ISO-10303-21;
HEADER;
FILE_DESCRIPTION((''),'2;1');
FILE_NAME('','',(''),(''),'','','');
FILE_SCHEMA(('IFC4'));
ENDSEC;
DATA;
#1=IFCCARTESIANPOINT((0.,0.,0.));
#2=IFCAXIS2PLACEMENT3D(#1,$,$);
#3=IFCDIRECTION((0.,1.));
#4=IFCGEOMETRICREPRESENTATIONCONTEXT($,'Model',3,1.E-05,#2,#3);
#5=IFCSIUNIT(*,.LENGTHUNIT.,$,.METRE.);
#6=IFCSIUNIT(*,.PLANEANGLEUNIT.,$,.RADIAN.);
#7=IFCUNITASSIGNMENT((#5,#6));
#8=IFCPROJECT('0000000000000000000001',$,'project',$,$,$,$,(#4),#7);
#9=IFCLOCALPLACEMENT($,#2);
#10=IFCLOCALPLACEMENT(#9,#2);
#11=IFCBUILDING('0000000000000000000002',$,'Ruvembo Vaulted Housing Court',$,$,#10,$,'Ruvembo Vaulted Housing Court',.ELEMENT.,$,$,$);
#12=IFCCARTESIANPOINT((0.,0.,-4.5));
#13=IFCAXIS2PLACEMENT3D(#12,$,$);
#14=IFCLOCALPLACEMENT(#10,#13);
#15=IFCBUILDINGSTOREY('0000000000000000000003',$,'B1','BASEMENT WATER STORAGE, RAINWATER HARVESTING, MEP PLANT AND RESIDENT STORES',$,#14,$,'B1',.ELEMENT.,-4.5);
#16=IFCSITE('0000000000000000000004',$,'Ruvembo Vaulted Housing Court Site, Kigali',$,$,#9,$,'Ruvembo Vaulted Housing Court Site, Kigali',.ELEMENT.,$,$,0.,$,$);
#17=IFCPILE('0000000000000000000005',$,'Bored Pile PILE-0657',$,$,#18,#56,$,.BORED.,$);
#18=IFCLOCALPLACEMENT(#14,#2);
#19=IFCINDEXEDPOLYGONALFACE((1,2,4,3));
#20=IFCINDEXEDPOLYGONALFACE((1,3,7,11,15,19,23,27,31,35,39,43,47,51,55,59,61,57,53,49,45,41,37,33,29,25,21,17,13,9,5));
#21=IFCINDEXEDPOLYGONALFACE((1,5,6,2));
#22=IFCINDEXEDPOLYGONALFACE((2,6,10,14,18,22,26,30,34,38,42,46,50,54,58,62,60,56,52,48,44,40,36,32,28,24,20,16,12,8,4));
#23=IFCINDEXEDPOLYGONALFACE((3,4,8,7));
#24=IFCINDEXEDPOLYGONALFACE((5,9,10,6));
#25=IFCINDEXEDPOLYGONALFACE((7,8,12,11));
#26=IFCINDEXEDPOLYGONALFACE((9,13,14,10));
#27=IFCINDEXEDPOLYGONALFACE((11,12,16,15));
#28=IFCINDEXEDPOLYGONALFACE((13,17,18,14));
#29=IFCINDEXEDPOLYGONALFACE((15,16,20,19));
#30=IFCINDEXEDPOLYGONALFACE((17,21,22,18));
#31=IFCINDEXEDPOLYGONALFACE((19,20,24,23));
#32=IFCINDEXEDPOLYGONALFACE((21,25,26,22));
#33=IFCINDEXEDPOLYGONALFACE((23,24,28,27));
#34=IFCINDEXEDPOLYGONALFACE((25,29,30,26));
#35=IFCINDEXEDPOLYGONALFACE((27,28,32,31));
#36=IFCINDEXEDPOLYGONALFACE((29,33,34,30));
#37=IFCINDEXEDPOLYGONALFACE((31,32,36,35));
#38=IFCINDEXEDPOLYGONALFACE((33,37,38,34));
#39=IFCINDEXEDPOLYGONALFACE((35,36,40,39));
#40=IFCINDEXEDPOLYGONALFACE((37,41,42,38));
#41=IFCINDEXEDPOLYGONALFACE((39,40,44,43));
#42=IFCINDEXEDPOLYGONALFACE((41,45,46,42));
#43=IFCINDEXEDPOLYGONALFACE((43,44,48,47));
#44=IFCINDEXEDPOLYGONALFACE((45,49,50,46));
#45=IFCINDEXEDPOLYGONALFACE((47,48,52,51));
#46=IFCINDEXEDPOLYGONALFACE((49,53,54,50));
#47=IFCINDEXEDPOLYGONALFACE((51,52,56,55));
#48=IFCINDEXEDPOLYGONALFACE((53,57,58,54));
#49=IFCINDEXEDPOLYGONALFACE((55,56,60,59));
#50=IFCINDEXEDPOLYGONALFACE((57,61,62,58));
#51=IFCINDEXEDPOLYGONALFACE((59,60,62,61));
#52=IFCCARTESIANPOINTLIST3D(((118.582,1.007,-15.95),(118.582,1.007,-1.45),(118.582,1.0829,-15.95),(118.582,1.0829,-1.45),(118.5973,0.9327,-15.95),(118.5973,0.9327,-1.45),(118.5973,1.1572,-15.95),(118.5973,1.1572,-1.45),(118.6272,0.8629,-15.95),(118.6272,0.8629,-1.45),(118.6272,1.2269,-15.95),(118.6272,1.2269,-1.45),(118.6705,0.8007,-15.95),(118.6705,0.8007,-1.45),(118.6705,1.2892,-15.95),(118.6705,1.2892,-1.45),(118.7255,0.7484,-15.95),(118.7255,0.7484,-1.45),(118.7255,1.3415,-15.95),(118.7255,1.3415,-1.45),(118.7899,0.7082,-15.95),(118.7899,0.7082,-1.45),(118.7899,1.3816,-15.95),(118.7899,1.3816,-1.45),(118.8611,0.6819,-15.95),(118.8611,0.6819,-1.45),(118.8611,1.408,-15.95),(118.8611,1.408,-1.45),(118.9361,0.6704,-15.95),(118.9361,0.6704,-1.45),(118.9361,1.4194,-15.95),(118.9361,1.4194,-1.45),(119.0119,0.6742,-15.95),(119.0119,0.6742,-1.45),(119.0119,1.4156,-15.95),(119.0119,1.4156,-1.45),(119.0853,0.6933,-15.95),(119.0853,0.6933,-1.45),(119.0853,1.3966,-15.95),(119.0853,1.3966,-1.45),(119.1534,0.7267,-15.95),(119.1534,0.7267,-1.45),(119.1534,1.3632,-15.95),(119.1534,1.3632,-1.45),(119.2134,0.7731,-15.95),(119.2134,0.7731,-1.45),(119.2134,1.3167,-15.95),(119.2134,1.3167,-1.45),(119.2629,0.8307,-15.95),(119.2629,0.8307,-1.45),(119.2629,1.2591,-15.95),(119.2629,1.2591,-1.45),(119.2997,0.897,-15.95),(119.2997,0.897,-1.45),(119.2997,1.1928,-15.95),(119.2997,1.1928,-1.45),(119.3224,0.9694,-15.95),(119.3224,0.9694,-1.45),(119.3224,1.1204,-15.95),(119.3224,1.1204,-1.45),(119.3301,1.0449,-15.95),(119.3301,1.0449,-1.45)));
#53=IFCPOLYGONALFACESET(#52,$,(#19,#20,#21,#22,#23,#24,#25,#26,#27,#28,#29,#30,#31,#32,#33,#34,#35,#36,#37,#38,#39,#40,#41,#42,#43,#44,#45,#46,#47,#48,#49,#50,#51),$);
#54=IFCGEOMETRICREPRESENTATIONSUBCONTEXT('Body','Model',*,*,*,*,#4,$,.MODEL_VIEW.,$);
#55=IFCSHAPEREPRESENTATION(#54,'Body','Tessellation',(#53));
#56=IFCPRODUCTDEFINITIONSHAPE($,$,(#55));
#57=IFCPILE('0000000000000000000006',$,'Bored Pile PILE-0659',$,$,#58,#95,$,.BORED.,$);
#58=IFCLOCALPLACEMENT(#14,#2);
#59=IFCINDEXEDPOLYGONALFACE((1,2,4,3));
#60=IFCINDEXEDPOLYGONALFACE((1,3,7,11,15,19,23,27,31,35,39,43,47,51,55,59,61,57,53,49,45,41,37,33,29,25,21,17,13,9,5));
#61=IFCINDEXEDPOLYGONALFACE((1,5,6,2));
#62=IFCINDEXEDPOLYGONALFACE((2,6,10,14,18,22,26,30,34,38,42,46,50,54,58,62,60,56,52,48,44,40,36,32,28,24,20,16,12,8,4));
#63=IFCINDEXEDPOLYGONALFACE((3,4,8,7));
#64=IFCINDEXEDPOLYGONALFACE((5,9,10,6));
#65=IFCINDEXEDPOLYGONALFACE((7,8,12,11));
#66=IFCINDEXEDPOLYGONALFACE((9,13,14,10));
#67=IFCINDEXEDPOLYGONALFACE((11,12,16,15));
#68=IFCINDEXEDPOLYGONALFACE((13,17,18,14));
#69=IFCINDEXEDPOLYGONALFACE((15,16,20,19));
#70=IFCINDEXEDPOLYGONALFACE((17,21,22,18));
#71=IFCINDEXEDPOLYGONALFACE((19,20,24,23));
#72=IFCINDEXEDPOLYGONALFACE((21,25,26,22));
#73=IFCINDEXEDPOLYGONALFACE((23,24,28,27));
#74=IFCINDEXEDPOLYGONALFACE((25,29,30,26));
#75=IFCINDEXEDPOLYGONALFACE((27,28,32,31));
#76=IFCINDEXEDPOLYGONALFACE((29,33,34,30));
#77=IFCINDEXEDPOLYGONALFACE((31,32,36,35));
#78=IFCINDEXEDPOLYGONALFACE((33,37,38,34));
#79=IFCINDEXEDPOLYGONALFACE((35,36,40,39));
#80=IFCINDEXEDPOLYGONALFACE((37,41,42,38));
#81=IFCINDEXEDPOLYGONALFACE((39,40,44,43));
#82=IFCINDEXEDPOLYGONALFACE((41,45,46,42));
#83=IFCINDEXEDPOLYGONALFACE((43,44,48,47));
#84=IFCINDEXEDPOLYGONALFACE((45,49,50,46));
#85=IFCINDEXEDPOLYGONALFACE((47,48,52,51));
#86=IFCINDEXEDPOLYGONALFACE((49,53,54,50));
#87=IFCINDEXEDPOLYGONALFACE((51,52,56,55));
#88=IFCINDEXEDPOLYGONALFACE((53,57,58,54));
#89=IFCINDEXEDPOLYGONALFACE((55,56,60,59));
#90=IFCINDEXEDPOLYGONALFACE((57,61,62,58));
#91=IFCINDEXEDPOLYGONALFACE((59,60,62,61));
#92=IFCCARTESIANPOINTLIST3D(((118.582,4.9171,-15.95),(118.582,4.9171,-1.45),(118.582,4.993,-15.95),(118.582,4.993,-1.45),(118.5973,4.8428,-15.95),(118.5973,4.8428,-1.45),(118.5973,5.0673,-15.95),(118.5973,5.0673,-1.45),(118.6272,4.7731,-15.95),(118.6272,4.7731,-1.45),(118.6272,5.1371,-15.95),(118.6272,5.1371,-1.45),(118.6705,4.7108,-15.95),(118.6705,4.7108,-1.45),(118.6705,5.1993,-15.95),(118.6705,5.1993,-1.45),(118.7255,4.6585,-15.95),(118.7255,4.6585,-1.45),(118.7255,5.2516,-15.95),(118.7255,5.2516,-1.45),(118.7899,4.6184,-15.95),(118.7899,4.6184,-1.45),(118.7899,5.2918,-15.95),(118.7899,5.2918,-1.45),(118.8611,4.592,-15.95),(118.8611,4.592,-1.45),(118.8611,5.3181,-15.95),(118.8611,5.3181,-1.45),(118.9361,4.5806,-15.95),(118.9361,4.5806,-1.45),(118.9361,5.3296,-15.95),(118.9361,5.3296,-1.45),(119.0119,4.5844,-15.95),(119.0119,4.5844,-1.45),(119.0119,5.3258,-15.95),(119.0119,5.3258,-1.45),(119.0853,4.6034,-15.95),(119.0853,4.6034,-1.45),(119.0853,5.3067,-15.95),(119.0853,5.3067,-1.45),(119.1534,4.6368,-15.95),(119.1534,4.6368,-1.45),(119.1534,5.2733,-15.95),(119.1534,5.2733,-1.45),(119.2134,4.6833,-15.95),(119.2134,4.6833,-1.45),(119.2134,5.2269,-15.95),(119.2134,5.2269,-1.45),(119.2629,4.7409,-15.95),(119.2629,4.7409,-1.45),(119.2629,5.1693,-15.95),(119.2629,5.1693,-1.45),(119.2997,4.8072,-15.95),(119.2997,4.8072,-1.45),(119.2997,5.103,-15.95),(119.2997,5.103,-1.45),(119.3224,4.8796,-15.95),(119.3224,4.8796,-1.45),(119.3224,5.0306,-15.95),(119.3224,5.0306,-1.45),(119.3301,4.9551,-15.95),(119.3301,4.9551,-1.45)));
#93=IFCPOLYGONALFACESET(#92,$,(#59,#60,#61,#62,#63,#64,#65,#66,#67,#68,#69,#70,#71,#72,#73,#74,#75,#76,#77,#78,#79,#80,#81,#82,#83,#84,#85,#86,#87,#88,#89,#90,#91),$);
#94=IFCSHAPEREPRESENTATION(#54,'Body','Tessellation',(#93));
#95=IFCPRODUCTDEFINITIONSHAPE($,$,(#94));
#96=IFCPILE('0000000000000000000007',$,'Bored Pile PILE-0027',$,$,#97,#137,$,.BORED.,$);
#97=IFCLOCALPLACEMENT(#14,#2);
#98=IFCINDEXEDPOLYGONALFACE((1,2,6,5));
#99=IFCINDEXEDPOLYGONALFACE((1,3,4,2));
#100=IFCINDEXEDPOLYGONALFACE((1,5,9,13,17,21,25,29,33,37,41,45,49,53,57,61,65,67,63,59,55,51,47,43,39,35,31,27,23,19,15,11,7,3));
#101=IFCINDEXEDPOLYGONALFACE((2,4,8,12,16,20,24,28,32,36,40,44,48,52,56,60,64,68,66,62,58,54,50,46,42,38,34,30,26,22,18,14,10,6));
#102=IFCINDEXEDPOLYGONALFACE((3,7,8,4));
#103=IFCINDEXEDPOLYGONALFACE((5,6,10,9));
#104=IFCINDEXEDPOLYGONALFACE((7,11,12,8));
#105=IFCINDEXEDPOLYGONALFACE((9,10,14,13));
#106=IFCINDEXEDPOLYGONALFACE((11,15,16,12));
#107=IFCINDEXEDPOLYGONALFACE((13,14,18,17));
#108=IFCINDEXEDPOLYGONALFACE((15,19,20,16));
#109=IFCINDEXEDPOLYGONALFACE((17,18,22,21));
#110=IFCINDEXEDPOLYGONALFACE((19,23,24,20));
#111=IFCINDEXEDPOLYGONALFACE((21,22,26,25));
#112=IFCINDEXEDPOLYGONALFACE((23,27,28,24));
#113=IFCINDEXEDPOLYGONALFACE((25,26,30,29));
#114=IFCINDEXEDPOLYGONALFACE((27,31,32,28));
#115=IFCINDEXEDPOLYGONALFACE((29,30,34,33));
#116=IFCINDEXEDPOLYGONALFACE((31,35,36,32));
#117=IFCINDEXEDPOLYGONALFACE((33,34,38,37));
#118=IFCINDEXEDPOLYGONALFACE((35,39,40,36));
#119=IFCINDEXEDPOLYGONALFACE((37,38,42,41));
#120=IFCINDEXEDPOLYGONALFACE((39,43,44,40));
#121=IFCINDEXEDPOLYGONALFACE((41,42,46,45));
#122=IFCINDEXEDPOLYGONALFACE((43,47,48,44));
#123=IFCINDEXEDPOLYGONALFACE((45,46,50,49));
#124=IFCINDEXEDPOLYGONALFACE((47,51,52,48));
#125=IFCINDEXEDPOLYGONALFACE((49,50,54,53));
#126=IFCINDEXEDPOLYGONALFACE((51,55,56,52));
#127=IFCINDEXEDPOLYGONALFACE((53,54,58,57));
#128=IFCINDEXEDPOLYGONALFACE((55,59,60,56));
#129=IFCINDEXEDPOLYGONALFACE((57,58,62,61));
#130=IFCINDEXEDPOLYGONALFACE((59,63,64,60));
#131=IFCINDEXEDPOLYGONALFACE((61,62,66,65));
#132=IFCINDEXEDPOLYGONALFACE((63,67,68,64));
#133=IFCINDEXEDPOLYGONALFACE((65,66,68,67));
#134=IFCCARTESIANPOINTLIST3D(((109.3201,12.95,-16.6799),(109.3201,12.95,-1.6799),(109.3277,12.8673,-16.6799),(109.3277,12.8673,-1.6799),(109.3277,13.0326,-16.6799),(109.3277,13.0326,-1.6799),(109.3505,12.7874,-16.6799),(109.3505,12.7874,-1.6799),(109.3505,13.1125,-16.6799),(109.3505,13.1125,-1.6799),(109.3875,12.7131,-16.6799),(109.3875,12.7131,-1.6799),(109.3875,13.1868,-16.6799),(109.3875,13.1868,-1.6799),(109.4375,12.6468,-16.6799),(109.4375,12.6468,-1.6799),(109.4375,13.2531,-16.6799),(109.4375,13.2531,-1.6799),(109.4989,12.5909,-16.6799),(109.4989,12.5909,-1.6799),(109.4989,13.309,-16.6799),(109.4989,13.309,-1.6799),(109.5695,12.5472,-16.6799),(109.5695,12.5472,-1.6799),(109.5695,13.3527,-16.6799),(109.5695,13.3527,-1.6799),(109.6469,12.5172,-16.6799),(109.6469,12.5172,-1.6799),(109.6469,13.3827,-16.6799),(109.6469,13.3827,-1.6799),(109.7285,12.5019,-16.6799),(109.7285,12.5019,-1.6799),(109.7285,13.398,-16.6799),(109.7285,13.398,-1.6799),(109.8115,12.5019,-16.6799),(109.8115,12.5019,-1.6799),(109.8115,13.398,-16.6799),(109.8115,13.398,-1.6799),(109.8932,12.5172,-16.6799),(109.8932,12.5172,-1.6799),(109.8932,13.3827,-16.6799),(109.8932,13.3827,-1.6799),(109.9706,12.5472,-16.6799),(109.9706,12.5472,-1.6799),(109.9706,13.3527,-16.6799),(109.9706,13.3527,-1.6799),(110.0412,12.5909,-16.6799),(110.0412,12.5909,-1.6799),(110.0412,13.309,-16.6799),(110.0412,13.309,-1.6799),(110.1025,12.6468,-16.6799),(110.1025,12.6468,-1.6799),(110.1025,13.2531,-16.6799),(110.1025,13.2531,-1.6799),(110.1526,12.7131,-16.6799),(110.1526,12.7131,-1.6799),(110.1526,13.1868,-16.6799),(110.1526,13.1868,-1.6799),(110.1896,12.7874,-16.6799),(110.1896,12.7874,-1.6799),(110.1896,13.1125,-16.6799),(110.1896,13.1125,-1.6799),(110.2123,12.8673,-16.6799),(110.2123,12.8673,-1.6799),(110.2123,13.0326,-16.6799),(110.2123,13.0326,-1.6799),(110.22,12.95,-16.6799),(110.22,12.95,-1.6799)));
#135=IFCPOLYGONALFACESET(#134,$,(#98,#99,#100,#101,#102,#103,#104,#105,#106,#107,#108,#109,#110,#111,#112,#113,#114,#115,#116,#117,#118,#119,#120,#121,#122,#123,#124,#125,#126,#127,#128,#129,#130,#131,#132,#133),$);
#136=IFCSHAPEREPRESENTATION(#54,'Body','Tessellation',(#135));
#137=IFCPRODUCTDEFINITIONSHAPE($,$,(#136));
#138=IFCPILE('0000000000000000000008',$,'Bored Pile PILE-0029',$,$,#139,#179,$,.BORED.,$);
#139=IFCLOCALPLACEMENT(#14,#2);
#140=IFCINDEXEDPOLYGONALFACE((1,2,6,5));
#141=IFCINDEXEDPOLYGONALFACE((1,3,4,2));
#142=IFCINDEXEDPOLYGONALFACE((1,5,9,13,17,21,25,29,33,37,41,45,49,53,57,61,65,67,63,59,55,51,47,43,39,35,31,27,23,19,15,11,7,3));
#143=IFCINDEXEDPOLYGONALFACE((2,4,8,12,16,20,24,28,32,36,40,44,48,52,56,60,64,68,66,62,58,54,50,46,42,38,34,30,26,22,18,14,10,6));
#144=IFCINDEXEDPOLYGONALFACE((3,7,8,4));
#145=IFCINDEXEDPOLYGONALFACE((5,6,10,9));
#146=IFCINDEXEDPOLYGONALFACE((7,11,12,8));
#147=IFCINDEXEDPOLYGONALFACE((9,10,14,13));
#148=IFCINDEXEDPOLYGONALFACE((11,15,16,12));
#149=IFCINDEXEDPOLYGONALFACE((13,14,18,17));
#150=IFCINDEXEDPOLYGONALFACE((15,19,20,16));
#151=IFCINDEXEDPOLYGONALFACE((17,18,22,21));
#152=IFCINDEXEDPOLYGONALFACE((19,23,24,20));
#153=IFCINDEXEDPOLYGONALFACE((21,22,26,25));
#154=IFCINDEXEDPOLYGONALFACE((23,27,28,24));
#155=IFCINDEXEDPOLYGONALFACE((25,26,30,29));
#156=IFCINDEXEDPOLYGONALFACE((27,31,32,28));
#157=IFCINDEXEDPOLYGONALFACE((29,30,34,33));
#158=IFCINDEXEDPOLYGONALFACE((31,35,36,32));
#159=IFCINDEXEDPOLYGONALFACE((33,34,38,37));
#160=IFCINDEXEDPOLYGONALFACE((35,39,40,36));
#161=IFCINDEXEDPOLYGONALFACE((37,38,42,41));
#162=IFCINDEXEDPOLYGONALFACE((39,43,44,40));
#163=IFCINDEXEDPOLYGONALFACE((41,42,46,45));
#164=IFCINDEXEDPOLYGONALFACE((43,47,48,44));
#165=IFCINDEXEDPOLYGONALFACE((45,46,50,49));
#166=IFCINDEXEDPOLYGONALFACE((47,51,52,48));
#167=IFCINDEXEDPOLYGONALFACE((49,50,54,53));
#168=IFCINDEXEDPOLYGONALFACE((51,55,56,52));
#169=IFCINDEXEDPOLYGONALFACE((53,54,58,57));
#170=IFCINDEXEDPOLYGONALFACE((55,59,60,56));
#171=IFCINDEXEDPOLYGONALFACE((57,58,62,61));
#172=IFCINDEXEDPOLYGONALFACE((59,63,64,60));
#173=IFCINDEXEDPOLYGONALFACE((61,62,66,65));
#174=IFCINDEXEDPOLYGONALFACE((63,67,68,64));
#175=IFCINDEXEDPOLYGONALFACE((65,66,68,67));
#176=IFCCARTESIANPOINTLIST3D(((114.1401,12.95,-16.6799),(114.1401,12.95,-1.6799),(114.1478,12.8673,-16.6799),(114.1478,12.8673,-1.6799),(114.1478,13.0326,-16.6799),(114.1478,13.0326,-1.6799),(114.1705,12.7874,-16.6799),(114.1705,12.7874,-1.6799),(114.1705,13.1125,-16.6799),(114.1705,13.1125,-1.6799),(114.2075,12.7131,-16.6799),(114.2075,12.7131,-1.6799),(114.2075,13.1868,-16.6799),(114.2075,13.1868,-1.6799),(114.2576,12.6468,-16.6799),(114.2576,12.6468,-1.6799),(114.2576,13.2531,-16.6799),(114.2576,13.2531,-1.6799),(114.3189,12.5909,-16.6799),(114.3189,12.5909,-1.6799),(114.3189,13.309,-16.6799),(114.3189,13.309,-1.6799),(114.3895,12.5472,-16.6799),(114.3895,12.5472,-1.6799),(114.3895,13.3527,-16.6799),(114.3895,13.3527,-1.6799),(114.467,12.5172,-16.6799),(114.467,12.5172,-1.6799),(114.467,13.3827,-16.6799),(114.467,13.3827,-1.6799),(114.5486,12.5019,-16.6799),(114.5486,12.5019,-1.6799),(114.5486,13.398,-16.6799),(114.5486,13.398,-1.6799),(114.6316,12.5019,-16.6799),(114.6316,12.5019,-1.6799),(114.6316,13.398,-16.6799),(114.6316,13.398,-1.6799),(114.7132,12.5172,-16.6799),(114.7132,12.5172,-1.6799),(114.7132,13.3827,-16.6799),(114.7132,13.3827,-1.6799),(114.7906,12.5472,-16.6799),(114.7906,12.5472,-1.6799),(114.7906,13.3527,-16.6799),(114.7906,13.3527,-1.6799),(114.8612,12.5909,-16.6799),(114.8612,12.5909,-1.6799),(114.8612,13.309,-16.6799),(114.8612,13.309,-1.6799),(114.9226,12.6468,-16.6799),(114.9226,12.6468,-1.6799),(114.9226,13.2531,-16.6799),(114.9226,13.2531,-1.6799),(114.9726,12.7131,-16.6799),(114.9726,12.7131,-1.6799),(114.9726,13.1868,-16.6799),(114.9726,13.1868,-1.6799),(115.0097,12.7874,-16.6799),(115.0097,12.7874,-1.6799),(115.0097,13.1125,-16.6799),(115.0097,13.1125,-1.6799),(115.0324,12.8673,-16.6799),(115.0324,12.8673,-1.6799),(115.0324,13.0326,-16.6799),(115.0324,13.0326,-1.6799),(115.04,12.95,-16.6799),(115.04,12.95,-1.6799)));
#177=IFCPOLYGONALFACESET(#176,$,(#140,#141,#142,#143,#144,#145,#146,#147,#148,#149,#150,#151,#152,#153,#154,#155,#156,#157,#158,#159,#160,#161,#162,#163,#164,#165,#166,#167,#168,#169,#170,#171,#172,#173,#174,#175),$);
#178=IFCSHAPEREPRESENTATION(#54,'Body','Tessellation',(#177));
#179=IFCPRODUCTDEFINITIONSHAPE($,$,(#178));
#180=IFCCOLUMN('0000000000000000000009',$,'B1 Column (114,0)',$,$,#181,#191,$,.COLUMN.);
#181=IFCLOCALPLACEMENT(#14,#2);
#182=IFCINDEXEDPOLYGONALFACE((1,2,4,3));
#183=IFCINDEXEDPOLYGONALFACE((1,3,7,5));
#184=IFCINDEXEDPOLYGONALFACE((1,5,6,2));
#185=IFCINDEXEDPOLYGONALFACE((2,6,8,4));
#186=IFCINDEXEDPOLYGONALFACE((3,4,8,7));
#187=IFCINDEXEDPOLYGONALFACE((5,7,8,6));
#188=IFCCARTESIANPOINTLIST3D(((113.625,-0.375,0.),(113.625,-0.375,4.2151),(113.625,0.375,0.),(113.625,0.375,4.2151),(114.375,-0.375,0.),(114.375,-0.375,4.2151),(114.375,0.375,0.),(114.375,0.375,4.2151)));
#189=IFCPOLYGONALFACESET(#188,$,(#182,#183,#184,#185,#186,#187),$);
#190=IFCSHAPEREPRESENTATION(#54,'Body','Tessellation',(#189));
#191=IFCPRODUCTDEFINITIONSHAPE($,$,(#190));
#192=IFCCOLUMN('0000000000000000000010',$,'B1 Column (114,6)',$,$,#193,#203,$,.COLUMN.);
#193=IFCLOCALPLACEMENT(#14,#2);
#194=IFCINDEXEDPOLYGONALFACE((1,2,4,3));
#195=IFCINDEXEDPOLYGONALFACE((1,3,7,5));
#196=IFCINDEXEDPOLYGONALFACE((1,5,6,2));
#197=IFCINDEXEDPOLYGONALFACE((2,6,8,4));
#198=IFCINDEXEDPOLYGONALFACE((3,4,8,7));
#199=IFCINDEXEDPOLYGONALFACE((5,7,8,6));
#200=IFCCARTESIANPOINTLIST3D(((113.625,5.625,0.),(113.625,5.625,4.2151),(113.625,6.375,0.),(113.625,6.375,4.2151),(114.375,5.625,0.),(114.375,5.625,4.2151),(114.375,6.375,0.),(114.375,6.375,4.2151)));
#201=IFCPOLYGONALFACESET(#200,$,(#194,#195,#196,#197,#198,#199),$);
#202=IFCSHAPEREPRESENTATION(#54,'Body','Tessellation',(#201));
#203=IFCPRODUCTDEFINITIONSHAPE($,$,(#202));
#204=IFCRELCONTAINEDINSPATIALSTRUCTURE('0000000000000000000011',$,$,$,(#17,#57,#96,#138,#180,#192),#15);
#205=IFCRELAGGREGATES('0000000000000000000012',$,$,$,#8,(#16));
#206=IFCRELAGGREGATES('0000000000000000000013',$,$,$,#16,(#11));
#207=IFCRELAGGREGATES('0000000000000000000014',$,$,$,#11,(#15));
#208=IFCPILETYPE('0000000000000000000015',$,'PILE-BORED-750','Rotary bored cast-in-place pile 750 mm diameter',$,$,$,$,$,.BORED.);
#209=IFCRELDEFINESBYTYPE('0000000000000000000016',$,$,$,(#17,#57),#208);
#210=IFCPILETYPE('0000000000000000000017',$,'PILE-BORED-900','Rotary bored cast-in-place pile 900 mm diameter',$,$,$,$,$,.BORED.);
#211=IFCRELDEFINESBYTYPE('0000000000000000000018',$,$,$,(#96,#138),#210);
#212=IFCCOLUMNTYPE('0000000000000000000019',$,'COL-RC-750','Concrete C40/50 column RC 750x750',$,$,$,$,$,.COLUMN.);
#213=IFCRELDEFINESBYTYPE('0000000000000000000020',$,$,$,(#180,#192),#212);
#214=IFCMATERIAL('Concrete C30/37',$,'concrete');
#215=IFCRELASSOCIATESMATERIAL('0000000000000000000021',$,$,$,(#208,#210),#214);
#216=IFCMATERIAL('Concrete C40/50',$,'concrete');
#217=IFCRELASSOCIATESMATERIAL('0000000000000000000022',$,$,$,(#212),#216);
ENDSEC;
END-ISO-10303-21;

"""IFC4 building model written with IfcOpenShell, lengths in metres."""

from ifc_helpers import new_model, si_unit, direction, frame, origin, origin_2d, place, context, subcontext, project, spatial, rectangle, circle, extrude, material, material_profile, profile_set, type_object, element, save


model = new_model("IFC4")

# Units and contexts
model_context = context("Model", 3, precision=1e-05, world=origin(), true_north=direction((0.0, 1.0)))
body_context = subcontext(model_context, "Body", "Model", "MODEL_VIEW")
ifc_project = project(units=[si_unit("LENGTHUNIT", "METRE"), si_unit("PLANEANGLEUNIT", "RADIAN")], contexts=[model_context])

# Site, building, storey
site_placement = place(None, origin())
site = spatial("IfcSite", under=ifc_project, at=site_placement, Name="Ruvembo Vaulted Housing Court Site, Kigali", LongName="Ruvembo Vaulted Housing Court Site, Kigali", CompositionType="ELEMENT", RefElevation=0.0)
building_placement = place(site_placement, origin())
building = spatial("IfcBuilding", under=site, at=building_placement, Name="Ruvembo Vaulted Housing Court", LongName="Ruvembo Vaulted Housing Court", CompositionType="ELEMENT")
storey_placement = place(building_placement, frame((0.0, 0.0, -4.5)))
storey = spatial("IfcBuildingStorey", under=building, at=storey_placement, Name="B1", Description="BASEMENT WATER STORAGE, RAINWATER HARVESTING, MEP PLANT AND RESIDENT STORES", LongName="B1", CompositionType="ELEMENT", Elevation=-4.5)

# Piles
ifc_material_1 = material(Name="Concrete C30/37", Category="concrete")
ifc_material_profile_1 = material_profile(ifc_material_1, circle(Radius=0.375, at=origin_2d()), Name="PILE D750")
ifc_profile_set_1 = profile_set([ifc_material_profile_1], Name="Concrete C30/37")
pile_type_1 = type_object("IfcPileType", Name="PILE-BORED-750", Description="Rotary bored cast-in-place pile 750 mm diameter", PredefinedType="BORED", material=ifc_profile_set_1)
for number, where, z_axis, x_axis, name in (
    (1, (118.9551, 1.0449, -1.45), (0.0, 0.0, -1.0), (1.0, 0.0, 0.0), "Bored Pile PILE-0657"),
    (2, (118.9551, 4.9551, -1.45), (0.0, 0.0, -1.0), (1.0, 0.0, 0.0), "Bored Pile PILE-0659"),
):
    element("IfcPile", number, at=place(storey_placement, frame(where, z_axis=z_axis, x_axis=x_axis)), inside=storey, type_object=pile_type_1, Name=name, PredefinedType="BORED", context=body_context, shape_type="SweptSolid", body=[
        extrude(circle(Radius=0.375, at=origin_2d()), origin(), (0.0, 0.0, 1.0), 14.5),
    ])
ifc_material_profile_2 = material_profile(ifc_material_1, circle(Radius=0.45, at=origin_2d()), Name="PILE D900")
ifc_profile_set_2 = profile_set([ifc_material_profile_2], Name="Concrete C30/37")
pile_type_2 = type_object("IfcPileType", Name="PILE-BORED-900", Description="Rotary bored cast-in-place pile 900 mm diameter", PredefinedType="BORED", material=ifc_profile_set_2)
for number, where, z_axis, x_axis, name in (
    (3, (109.77, 12.95, -1.6799), (0.0, 0.0, -1.0), (1.0, 0.0, 0.0), "Bored Pile PILE-0027"),
    (4, (114.5901, 12.95, -1.6799), (0.0, 0.0, -1.0), (1.0, 0.0, 0.0), "Bored Pile PILE-0029"),
):
    element("IfcPile", number, at=place(storey_placement, frame(where, z_axis=z_axis, x_axis=x_axis)), inside=storey, type_object=pile_type_2, Name=name, PredefinedType="BORED", context=body_context, shape_type="SweptSolid", body=[
        extrude(circle(Radius=0.45, at=origin_2d()), origin(), (0.0, 0.0, 1.0), 15.0),
    ])

# Columns
ifc_material_2 = material(Name="Concrete C40/50", Category="concrete")
ifc_material_profile_3 = material_profile(ifc_material_2, rectangle(XDim=0.75, YDim=0.75, at=origin_2d()), Name="RC 750x750")
ifc_profile_set_3 = profile_set([ifc_material_profile_3], Name="Concrete C40/50")
column_type = type_object("IfcColumnType", Name="COL-RC-750", Description="Concrete C40/50 column RC 750x750", PredefinedType="COLUMN", material=ifc_profile_set_3)
for number, where, z_axis, x_axis, name in (
    (5, (114.0, 0.0, 0.0), (0.0, 0.0, 1.0), (1.0, 0.0, 0.0), "B1 Column (114,0)"),
    (6, (114.0, 6.0, 0.0), (0.0, 0.0, 1.0), (1.0, 0.0, 0.0), "B1 Column (114,6)"),
):
    element("IfcColumn", number, at=place(storey_placement, frame(where, z_axis=z_axis, x_axis=x_axis)), inside=storey, type_object=column_type, Name=name, PredefinedType="COLUMN", context=body_context, shape_type="SweptSolid", body=[
        extrude(rectangle(XDim=0.75, YDim=0.75, at=origin_2d()), origin(), (0.0, 0.0, 1.0), 4.2151),
    ])

save(model, "model.ifc")
